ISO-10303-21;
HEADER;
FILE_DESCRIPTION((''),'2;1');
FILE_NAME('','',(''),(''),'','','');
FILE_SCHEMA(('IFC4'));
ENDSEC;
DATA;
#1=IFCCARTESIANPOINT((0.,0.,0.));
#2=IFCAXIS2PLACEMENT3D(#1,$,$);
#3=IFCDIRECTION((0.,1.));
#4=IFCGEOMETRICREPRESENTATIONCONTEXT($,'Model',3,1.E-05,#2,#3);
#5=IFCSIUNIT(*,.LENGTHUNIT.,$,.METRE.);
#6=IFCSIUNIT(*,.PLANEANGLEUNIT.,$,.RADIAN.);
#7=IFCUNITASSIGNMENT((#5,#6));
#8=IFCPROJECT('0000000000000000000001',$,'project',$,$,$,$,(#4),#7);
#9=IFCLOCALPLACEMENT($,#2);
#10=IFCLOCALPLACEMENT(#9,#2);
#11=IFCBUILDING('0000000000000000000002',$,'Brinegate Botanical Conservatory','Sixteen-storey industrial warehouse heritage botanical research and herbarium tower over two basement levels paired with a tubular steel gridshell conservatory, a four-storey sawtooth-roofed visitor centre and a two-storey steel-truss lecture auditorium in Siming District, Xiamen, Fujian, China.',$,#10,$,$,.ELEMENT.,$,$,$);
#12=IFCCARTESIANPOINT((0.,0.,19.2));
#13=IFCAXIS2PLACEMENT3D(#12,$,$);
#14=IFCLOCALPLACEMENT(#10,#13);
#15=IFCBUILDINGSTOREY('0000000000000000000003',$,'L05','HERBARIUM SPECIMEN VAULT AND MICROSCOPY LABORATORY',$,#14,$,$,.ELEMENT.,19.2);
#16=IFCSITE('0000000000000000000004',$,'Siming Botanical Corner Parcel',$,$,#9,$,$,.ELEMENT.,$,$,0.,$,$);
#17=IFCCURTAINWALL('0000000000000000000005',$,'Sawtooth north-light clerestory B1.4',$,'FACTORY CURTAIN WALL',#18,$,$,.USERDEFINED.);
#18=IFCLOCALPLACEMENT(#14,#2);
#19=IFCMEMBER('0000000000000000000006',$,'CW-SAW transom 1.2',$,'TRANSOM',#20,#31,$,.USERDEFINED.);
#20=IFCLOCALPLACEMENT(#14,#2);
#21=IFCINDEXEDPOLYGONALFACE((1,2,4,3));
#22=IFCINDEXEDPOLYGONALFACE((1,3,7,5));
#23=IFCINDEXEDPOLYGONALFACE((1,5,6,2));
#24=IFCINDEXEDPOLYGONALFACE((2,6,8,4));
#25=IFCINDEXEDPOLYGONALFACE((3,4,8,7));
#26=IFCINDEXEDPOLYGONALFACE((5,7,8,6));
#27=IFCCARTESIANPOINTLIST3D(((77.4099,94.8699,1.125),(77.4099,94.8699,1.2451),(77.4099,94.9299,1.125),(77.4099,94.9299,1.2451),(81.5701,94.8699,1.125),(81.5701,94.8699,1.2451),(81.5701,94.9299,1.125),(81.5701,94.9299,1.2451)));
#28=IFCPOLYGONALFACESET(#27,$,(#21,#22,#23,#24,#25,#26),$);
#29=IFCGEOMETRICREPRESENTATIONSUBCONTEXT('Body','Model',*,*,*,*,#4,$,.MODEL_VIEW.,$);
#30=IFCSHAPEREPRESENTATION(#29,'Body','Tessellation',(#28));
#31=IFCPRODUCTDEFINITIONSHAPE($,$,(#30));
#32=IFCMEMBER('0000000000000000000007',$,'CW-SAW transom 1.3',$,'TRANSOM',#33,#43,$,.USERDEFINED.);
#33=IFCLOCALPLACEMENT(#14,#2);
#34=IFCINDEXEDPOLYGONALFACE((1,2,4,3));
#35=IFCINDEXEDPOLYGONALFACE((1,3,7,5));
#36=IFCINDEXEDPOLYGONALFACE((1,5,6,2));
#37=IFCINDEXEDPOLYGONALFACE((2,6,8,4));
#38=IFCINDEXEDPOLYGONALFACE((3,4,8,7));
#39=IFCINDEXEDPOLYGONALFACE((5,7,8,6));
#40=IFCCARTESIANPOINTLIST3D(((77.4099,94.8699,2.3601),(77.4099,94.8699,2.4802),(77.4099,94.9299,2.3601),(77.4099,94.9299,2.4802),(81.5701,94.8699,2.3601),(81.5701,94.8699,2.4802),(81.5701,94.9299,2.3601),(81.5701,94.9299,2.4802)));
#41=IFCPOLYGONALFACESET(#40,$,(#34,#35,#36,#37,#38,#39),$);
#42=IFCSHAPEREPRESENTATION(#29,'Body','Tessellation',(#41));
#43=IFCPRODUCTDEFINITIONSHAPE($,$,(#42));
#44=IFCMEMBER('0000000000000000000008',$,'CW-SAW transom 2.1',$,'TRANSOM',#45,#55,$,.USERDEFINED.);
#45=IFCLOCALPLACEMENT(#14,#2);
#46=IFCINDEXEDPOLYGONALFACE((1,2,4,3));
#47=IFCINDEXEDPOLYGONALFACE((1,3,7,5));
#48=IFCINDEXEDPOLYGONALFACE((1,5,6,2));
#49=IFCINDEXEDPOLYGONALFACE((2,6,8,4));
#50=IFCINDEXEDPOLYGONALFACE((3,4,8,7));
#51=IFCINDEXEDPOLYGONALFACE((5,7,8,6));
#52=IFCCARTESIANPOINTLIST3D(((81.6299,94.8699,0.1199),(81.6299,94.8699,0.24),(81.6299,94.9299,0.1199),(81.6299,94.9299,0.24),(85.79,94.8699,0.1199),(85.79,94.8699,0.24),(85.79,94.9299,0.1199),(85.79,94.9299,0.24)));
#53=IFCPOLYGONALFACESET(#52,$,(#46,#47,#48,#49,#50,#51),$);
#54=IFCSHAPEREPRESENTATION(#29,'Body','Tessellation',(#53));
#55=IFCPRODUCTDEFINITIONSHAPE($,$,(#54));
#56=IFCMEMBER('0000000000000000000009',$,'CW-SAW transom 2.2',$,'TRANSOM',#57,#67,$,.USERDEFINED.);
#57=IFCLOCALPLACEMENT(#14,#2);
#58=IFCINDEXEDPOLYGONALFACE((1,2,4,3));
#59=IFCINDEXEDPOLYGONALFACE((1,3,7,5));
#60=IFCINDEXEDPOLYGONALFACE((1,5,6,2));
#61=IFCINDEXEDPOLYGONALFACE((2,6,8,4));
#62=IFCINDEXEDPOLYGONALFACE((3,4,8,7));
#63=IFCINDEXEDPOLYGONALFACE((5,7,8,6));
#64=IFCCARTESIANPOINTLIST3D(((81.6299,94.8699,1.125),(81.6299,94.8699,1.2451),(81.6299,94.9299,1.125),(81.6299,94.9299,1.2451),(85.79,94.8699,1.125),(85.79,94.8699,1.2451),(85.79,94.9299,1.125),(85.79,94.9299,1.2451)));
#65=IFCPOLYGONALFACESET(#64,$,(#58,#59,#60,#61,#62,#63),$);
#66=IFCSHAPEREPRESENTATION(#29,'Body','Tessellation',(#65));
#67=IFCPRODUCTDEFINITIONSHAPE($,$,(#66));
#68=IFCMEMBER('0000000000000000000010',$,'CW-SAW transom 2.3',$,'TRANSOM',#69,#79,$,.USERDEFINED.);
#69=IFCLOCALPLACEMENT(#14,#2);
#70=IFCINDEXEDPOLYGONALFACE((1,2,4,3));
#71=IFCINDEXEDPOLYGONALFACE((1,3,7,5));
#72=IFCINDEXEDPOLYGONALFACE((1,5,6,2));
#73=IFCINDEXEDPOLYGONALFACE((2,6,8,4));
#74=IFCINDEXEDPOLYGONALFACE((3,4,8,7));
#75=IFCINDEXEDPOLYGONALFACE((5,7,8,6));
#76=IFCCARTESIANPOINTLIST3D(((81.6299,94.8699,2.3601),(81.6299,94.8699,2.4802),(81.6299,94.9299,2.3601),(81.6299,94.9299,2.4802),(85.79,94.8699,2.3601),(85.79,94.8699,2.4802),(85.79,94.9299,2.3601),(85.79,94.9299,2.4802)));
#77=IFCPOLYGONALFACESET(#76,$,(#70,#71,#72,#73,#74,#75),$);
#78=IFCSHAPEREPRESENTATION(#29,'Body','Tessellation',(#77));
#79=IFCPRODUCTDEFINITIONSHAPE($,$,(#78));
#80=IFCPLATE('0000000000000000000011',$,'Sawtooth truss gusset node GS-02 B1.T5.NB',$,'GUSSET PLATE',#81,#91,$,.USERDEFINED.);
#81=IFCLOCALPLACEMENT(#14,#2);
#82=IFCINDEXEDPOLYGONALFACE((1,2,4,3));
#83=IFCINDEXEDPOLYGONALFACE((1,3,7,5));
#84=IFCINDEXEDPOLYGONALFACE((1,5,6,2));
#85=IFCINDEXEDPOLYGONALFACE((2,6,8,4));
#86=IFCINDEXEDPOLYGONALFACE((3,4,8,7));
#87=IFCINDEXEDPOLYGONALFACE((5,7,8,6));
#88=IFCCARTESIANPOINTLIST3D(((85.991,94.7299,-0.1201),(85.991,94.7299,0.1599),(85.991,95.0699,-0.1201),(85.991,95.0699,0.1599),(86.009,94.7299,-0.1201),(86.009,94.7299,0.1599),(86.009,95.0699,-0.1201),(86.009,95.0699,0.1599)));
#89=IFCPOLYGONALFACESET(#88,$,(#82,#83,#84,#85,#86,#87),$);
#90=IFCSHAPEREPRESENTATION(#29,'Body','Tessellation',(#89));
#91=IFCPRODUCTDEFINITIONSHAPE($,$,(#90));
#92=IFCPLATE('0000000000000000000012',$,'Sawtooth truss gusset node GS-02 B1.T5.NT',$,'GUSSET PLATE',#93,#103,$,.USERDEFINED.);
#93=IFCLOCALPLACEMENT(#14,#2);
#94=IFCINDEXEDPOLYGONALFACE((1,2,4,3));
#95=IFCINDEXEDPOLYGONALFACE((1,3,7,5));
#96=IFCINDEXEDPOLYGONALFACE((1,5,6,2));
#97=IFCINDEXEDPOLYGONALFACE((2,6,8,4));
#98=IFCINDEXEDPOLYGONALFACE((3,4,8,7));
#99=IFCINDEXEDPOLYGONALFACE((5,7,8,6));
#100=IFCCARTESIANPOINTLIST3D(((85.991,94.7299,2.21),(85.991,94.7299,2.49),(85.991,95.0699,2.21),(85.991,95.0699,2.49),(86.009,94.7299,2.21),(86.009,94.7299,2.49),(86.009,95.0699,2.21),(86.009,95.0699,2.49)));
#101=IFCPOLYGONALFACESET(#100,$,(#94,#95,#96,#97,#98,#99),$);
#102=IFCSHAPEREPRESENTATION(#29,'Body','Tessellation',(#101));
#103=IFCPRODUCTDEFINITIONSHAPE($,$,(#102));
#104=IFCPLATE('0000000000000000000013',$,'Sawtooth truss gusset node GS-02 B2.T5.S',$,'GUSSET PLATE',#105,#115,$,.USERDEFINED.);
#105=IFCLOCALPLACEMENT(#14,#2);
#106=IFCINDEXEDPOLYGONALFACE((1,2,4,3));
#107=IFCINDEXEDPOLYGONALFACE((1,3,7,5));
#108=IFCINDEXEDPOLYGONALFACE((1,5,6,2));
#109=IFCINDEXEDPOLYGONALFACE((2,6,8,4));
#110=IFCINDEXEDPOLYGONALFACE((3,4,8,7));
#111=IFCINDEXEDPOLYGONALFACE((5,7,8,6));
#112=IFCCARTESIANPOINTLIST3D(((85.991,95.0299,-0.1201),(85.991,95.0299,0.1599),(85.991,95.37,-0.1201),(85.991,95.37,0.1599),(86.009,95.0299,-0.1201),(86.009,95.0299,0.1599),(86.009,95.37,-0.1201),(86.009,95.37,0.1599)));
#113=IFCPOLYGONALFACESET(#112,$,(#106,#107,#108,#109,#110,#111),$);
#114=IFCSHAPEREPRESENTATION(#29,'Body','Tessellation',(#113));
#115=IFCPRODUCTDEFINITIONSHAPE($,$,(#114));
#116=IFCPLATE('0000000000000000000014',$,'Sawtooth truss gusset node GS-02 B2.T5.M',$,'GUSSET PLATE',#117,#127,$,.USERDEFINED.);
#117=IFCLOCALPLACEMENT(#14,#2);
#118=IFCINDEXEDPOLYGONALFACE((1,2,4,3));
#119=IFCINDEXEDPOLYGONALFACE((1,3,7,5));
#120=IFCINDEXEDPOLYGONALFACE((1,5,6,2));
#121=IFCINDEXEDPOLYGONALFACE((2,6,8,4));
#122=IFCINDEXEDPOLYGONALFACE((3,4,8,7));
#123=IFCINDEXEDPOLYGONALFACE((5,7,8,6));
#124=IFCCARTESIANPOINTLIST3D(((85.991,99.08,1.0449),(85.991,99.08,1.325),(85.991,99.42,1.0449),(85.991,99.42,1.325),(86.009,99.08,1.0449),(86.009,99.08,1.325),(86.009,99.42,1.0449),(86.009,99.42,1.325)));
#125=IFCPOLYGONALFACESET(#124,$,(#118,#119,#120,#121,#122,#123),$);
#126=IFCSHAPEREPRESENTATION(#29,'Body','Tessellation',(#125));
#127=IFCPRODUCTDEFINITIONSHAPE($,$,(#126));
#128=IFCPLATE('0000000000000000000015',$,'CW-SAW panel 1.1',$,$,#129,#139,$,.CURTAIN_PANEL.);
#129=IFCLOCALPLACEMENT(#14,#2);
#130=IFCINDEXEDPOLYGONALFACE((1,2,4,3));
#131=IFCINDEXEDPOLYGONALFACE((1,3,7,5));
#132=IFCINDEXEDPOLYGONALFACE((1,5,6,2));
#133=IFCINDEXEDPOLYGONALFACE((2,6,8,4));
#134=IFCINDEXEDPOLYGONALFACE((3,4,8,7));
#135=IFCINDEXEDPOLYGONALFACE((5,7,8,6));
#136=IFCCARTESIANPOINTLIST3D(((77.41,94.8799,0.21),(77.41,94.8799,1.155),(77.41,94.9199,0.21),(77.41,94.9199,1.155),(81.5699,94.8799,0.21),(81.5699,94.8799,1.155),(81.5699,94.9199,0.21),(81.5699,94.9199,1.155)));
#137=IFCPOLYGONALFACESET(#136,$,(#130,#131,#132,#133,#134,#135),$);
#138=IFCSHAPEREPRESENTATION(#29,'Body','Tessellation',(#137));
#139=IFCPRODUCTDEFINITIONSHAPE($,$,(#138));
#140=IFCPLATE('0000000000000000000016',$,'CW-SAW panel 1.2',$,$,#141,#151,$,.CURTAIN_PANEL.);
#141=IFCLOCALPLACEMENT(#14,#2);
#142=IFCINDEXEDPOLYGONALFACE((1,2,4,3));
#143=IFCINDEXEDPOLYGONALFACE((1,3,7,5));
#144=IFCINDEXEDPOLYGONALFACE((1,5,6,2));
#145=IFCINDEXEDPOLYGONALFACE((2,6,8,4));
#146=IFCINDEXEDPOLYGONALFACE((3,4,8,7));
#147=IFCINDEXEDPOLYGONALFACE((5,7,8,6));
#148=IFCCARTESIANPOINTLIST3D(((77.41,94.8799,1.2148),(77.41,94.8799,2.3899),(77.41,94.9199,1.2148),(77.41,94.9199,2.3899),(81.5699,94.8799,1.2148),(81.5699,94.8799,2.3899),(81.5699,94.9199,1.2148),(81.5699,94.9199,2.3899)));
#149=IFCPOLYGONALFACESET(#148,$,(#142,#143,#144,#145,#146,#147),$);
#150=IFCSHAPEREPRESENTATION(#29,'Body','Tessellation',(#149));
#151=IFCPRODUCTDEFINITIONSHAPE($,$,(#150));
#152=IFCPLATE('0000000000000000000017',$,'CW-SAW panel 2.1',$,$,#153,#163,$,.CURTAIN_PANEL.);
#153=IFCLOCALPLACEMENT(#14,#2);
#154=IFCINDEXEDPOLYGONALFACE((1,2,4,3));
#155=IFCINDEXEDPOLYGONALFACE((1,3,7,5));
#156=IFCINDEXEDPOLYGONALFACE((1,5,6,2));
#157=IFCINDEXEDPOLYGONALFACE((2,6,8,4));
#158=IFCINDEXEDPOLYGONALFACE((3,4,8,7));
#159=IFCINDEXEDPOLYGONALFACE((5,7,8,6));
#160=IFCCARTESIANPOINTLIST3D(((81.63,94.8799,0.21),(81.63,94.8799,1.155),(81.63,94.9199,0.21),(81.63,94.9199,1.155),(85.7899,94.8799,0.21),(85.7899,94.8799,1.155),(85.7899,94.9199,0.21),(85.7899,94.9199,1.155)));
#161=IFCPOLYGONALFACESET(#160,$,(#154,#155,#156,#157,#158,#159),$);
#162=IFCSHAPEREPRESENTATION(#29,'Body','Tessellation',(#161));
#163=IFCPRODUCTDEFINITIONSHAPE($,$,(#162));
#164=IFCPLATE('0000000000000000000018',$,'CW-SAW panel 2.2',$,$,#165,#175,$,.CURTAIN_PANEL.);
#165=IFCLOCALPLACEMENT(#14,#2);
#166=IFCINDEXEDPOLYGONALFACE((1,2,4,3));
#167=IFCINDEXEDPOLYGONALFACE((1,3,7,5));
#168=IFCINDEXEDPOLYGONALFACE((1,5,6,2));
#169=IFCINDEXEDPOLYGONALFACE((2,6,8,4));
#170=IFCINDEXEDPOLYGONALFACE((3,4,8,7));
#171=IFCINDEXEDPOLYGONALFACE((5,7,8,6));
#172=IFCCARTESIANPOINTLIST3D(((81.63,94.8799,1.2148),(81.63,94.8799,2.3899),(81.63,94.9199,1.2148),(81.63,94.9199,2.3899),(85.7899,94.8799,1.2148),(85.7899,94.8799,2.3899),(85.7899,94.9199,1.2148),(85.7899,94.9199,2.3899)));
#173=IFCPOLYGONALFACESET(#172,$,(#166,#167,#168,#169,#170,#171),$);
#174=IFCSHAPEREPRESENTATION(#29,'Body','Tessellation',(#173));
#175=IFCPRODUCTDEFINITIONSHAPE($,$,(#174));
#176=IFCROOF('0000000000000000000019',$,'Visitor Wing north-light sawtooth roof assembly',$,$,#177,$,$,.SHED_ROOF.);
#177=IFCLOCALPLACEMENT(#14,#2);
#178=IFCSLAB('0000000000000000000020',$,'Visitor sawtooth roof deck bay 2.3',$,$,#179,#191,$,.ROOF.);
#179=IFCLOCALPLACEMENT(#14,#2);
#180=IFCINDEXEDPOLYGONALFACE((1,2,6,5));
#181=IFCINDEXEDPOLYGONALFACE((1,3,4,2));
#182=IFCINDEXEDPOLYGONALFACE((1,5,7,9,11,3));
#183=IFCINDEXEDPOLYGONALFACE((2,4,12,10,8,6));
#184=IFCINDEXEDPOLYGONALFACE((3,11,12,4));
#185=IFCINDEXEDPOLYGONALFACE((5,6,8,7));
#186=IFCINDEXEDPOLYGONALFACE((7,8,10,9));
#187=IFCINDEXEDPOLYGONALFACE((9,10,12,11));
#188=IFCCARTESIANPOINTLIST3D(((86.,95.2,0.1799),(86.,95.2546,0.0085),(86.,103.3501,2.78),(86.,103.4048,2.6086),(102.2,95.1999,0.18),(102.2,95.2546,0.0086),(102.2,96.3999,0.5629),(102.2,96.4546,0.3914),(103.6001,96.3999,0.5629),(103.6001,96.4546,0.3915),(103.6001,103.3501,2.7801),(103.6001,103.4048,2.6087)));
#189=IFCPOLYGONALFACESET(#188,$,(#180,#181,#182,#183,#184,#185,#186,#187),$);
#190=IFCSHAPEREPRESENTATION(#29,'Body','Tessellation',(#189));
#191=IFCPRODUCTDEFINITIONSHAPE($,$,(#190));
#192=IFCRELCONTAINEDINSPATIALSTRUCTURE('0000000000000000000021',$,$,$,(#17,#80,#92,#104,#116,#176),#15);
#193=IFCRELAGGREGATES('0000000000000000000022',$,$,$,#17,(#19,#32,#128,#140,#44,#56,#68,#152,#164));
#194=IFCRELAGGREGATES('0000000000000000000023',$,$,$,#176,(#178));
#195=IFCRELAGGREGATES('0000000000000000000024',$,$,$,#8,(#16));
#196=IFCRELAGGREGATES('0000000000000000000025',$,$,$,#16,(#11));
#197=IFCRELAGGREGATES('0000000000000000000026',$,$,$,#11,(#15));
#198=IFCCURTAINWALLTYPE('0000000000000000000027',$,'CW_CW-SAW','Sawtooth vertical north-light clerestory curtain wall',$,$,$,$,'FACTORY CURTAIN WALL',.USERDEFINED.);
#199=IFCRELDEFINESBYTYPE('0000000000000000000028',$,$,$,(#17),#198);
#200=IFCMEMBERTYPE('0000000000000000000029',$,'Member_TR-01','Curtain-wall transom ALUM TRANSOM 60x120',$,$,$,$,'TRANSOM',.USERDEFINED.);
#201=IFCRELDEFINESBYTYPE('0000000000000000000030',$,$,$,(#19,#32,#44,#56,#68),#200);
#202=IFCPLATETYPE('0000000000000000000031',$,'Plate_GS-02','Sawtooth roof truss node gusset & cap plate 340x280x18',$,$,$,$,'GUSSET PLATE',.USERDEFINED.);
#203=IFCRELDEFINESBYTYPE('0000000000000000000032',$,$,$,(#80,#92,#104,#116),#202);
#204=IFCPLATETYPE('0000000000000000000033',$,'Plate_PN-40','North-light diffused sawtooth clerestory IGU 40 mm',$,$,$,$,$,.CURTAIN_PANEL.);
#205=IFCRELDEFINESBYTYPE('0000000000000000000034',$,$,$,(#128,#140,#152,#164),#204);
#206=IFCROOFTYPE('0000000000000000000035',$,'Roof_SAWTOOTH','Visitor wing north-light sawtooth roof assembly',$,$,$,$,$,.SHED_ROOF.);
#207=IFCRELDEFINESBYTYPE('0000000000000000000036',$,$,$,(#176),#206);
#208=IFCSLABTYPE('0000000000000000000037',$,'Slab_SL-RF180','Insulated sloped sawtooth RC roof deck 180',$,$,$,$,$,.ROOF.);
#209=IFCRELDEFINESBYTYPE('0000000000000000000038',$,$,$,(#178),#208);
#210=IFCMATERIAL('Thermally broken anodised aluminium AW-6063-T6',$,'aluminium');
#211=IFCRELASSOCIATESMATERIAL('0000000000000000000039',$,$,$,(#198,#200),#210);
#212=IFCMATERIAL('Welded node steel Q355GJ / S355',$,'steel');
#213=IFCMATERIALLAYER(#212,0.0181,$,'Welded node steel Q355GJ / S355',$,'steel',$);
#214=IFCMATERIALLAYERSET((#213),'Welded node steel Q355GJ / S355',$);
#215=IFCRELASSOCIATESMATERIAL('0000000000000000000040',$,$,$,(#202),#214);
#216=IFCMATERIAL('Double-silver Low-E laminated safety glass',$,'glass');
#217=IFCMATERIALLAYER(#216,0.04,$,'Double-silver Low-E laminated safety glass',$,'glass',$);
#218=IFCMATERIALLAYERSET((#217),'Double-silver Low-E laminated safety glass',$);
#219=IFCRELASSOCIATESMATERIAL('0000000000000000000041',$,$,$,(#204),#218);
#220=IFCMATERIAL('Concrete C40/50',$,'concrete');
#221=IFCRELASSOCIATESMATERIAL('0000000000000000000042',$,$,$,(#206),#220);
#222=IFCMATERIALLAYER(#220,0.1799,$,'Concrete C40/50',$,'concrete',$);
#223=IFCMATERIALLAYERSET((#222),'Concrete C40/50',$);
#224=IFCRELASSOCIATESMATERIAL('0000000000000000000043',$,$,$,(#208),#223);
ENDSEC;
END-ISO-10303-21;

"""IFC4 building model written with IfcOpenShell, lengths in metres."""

from ifc_helpers import new_model, si_unit, direction, frame, origin, origin_2d, place, context, subcontext, project, spatial, polyline, rectangle, outline, extrude, material, layer, layer_set, material_profile, profile_set, type_object, element, aggregate, save


model = new_model("IFC4")

# Units and contexts
model_context = context("Model", 3, precision=1e-05, world=origin(), true_north=direction((0.0, 1.0)))
body_context = subcontext(model_context, "Body", "Model", "MODEL_VIEW")
ifc_project = project(units=[si_unit("LENGTHUNIT", "METRE"), si_unit("PLANEANGLEUNIT", "RADIAN")], contexts=[model_context])

# Site, building, storey
site_placement = place(None, origin())
site = spatial("IfcSite", under=ifc_project, at=site_placement, Name="Siming Botanical Corner Parcel", CompositionType="ELEMENT", RefElevation=0.0)
building_placement = place(site_placement, origin())
building = spatial("IfcBuilding", under=site, at=building_placement, Name="Brinegate Botanical Conservatory", Description="Sixteen-storey industrial warehouse heritage botanical research and herbarium tower over two basement levels paired with a tubular steel gridshell conservatory, a four-storey sawtooth-roofed visitor centre and a two-storey steel-truss lecture auditorium in Siming District, Xiamen, Fujian, China.", CompositionType="ELEMENT")
storey_placement = place(building_placement, frame((0.0, 0.0, 19.2)))
storey = spatial("IfcBuildingStorey", under=building, at=storey_placement, Name="L05", Description="HERBARIUM SPECIMEN VAULT AND MICROSCOPY LABORATORY", CompositionType="ELEMENT", Elevation=19.2)

# Curtain wall
ifc_material_1 = material(Name="Thermally broken anodised aluminium AW-6063-T6", Category="aluminium")
curtain_wall_type = type_object("IfcCurtainWallType", Name="CW_CW-SAW", Description="Sawtooth vertical north-light clerestory curtain wall", ElementType="FACTORY CURTAIN WALL", PredefinedType="USERDEFINED", material=ifc_material_1)
curtain_wall_placement = place(storey_placement, origin())
curtain_wall = element("IfcCurtainWall", 1, at=curtain_wall_placement, inside=storey, type_object=curtain_wall_type, Name="Sawtooth north-light clerestory B1.4", ObjectType="FACTORY CURTAIN WALL", PredefinedType="USERDEFINED")

# Members
ifc_material_profile_1 = material_profile(ifc_material_1, rectangle(XDim=0.0601, YDim=0.1201, at=origin_2d()), Name="ALUM TRANSOM 60x120")
ifc_profile_set_1 = profile_set([ifc_material_profile_1], Name="Thermally broken anodised aluminium AW-6063-T6")
member_type_1 = type_object("IfcMemberType", Name="Member_TR-01", Description="Curtain-wall transom ALUM TRANSOM 60x120", ElementType="TRANSOM", PredefinedType="USERDEFINED", material=ifc_profile_set_1)
member_1_placement = place(storey_placement, frame((77.4099, 94.8999, 1.1851), z_axis=(1.0, 0.0, 0.0), x_axis=(0.0, 1.0, 0.0)))
member_1 = element("IfcMember", 2, at=member_1_placement, type_object=member_type_1, Name="CW-SAW transom 1.2", ObjectType="TRANSOM", PredefinedType="USERDEFINED", context=body_context, shape_type="SweptSolid", body=[
    extrude(rectangle(XDim=0.0601, YDim=0.1201, at=origin_2d()), origin(), (0.0, 0.0, 1.0), 4.1602),
])
member_2_placement = place(storey_placement, frame((77.4099, 94.8999, 2.4202), z_axis=(1.0, 0.0, 0.0), x_axis=(0.0, 1.0, 0.0)))
member_2 = element("IfcMember", 3, at=member_2_placement, type_object=member_type_1, Name="CW-SAW transom 1.3", ObjectType="TRANSOM", PredefinedType="USERDEFINED", context=body_context, shape_type="SweptSolid", body=[
    extrude(rectangle(XDim=0.0601, YDim=0.1201, at=origin_2d()), origin(), (0.0, 0.0, 1.0), 4.1602),
])
member_3_placement = place(storey_placement, frame((81.6299, 94.8999, 0.1799), z_axis=(1.0, 0.0, 0.0), x_axis=(0.0, 1.0, 0.0)))
member_3 = element("IfcMember", 4, at=member_3_placement, type_object=member_type_1, Name="CW-SAW transom 2.1", ObjectType="TRANSOM", PredefinedType="USERDEFINED", context=body_context, shape_type="SweptSolid", body=[
    extrude(rectangle(XDim=0.0601, YDim=0.1201, at=origin_2d()), origin(), (0.0, 0.0, 1.0), 4.1602),
])
member_4_placement = place(storey_placement, frame((81.6299, 94.8999, 1.1851), z_axis=(1.0, 0.0, 0.0), x_axis=(0.0, 1.0, 0.0)))
member_4 = element("IfcMember", 5, at=member_4_placement, type_object=member_type_1, Name="CW-SAW transom 2.2", ObjectType="TRANSOM", PredefinedType="USERDEFINED", context=body_context, shape_type="SweptSolid", body=[
    extrude(rectangle(XDim=0.0601, YDim=0.1201, at=origin_2d()), origin(), (0.0, 0.0, 1.0), 4.1602),
])
member_5_placement = place(storey_placement, frame((81.6299, 94.8999, 2.4202), z_axis=(1.0, 0.0, 0.0), x_axis=(0.0, 1.0, 0.0)))
member_5 = element("IfcMember", 6, at=member_5_placement, type_object=member_type_1, Name="CW-SAW transom 2.3", ObjectType="TRANSOM", PredefinedType="USERDEFINED", context=body_context, shape_type="SweptSolid", body=[
    extrude(rectangle(XDim=0.0601, YDim=0.1201, at=origin_2d()), origin(), (0.0, 0.0, 1.0), 4.1602),
])

# Plates
ifc_material_2 = material(Name="Welded node steel Q355GJ / S355", Category="steel")
ifc_layer_1 = layer(ifc_material_2, 0.0181, Name="Welded node steel Q355GJ / S355", Category="steel")
ifc_layer_set_1 = layer_set([ifc_layer_1], Name="Welded node steel Q355GJ / S355")
plate_type_1 = type_object("IfcPlateType", Name="Plate_GS-02", Description="Sawtooth roof truss node gusset & cap plate 340x280x18", ElementType="GUSSET PLATE", PredefinedType="USERDEFINED", material=ifc_layer_set_1)
for number, where, z_axis, x_axis, name in (
    (7, (86.0, 94.8999, -0.1201), (0.0, 0.0, 1.0), (1.0, 0.0, 0.0), "Sawtooth truss gusset node GS-02 B1.T5.NB"),
    (8, (86.0, 94.8999, 2.21), (0.0, 0.0, 1.0), (1.0, 0.0, 0.0), "Sawtooth truss gusset node GS-02 B1.T5.NT"),
    (9, (86.0, 95.2, -0.1201), (0.0, 0.0, 1.0), (1.0, 0.0, 0.0), "Sawtooth truss gusset node GS-02 B2.T5.S"),
    (10, (86.0, 99.25, 1.0449), (0.0, 0.0, 1.0), (1.0, 0.0, 0.0), "Sawtooth truss gusset node GS-02 B2.T5.M"),
):
    element("IfcPlate", number, at=place(storey_placement, frame(where, z_axis=z_axis, x_axis=x_axis)), inside=storey, type_object=plate_type_1, Name=name, ObjectType="GUSSET PLATE", PredefinedType="USERDEFINED", context=body_context, shape_type="SweptSolid", body=[
        extrude(rectangle(XDim=0.0181, YDim=0.3401, at=origin_2d()), origin(), (0.0, 0.0, 1.0), 0.28),
    ])

# Plates
ifc_material_3 = material(Name="Double-silver Low-E laminated safety glass", Category="glass")
ifc_layer_2 = layer(ifc_material_3, 0.04, Name="Double-silver Low-E laminated safety glass", Category="glass")
ifc_layer_set_2 = layer_set([ifc_layer_2], Name="Double-silver Low-E laminated safety glass")
plate_type_2 = type_object("IfcPlateType", Name="Plate_PN-40", Description="North-light diffused sawtooth clerestory IGU 40 mm", PredefinedType="CURTAIN_PANEL", material=ifc_layer_set_2)
plate_1_placement = place(storey_placement, frame((79.49, 94.8999, 0.21), z_axis=(0.0, 0.0, 1.0), x_axis=(1.0, 0.0, 0.0)))
plate_1 = element("IfcPlate", 11, at=plate_1_placement, type_object=plate_type_2, Name="CW-SAW panel 1.1", PredefinedType="CURTAIN_PANEL", context=body_context, shape_type="SweptSolid", body=[
    extrude(rectangle(XDim=4.1599, YDim=0.04, at=origin_2d()), origin(), (0.0, 0.0, 1.0), 0.9451),
])
plate_2_placement = place(storey_placement, frame((79.49, 94.8999, 1.2148), z_axis=(0.0, 0.0, 1.0), x_axis=(1.0, 0.0, 0.0)))
plate_2 = element("IfcPlate", 12, at=plate_2_placement, type_object=plate_type_2, Name="CW-SAW panel 1.2", PredefinedType="CURTAIN_PANEL", context=body_context, shape_type="SweptSolid", body=[
    extrude(rectangle(XDim=4.1599, YDim=0.04, at=origin_2d()), origin(), (0.0, 0.0, 1.0), 1.175),
])
plate_3_placement = place(storey_placement, frame((83.71, 94.8999, 0.21), z_axis=(0.0, 0.0, 1.0), x_axis=(1.0, 0.0, 0.0)))
plate_3 = element("IfcPlate", 13, at=plate_3_placement, type_object=plate_type_2, Name="CW-SAW panel 2.1", PredefinedType="CURTAIN_PANEL", context=body_context, shape_type="SweptSolid", body=[
    extrude(rectangle(XDim=4.1599, YDim=0.04, at=origin_2d()), origin(), (0.0, 0.0, 1.0), 0.9451),
])
plate_4_placement = place(storey_placement, frame((83.71, 94.8999, 1.2148), z_axis=(0.0, 0.0, 1.0), x_axis=(1.0, 0.0, 0.0)))
plate_4 = element("IfcPlate", 14, at=plate_4_placement, type_object=plate_type_2, Name="CW-SAW panel 2.2", PredefinedType="CURTAIN_PANEL", context=body_context, shape_type="SweptSolid", body=[
    extrude(rectangle(XDim=4.1599, YDim=0.04, at=origin_2d()), origin(), (0.0, 0.0, 1.0), 1.175),
])
aggregate(curtain_wall, [member_1, member_2, plate_1, plate_2, member_3, member_4, member_5, plate_3, plate_4])

# Roof, slab
ifc_material_4 = material(Name="Concrete C40/50", Category="concrete")
roof_type = type_object("IfcRoofType", Name="Roof_SAWTOOTH", Description="Visitor wing north-light sawtooth roof assembly", PredefinedType="SHED_ROOF", material=ifc_material_4)
roof_placement = place(storey_placement, origin())
roof = element("IfcRoof", 15, at=roof_placement, inside=storey, type_object=roof_type, Name="Visitor Wing north-light sawtooth roof assembly", PredefinedType="SHED_ROOF")
ifc_layer_3 = layer(ifc_material_4, 0.1799, Name="Concrete C40/50", Category="concrete")
ifc_layer_set_3 = layer_set([ifc_layer_3], Name="Concrete C40/50")
slab_type = type_object("IfcSlabType", Name="Slab_SL-RF180", Description="Insulated sloped sawtooth RC roof deck 180", PredefinedType="ROOF", material=ifc_layer_set_3)
slab_placement = place(storey_placement, frame((86.0, 95.2, 0.1799), z_axis=(-0.000007, -0.303931, 0.952694), x_axis=(1.0, -0.000002, 0.000006)))
slab = element("IfcSlab", 16, at=slab_placement, type_object=slab_type, Name="Visitor sawtooth roof deck bay 2.3", PredefinedType="ROOF", context=body_context, shape_type="SweptSolid", body=[
    extrude(outline(polyline([(0.0, 0.0), (16.2, 0.0), (16.2, 1.2596), (17.6001, 1.2596), (17.6001, 8.5548), (0.0, 8.5548), (0.0, 0.0)])), origin(), (0.0, 0.0, -1.0), 0.1799),
])
aggregate(roof, [slab])

save(model, "model.ifc")
